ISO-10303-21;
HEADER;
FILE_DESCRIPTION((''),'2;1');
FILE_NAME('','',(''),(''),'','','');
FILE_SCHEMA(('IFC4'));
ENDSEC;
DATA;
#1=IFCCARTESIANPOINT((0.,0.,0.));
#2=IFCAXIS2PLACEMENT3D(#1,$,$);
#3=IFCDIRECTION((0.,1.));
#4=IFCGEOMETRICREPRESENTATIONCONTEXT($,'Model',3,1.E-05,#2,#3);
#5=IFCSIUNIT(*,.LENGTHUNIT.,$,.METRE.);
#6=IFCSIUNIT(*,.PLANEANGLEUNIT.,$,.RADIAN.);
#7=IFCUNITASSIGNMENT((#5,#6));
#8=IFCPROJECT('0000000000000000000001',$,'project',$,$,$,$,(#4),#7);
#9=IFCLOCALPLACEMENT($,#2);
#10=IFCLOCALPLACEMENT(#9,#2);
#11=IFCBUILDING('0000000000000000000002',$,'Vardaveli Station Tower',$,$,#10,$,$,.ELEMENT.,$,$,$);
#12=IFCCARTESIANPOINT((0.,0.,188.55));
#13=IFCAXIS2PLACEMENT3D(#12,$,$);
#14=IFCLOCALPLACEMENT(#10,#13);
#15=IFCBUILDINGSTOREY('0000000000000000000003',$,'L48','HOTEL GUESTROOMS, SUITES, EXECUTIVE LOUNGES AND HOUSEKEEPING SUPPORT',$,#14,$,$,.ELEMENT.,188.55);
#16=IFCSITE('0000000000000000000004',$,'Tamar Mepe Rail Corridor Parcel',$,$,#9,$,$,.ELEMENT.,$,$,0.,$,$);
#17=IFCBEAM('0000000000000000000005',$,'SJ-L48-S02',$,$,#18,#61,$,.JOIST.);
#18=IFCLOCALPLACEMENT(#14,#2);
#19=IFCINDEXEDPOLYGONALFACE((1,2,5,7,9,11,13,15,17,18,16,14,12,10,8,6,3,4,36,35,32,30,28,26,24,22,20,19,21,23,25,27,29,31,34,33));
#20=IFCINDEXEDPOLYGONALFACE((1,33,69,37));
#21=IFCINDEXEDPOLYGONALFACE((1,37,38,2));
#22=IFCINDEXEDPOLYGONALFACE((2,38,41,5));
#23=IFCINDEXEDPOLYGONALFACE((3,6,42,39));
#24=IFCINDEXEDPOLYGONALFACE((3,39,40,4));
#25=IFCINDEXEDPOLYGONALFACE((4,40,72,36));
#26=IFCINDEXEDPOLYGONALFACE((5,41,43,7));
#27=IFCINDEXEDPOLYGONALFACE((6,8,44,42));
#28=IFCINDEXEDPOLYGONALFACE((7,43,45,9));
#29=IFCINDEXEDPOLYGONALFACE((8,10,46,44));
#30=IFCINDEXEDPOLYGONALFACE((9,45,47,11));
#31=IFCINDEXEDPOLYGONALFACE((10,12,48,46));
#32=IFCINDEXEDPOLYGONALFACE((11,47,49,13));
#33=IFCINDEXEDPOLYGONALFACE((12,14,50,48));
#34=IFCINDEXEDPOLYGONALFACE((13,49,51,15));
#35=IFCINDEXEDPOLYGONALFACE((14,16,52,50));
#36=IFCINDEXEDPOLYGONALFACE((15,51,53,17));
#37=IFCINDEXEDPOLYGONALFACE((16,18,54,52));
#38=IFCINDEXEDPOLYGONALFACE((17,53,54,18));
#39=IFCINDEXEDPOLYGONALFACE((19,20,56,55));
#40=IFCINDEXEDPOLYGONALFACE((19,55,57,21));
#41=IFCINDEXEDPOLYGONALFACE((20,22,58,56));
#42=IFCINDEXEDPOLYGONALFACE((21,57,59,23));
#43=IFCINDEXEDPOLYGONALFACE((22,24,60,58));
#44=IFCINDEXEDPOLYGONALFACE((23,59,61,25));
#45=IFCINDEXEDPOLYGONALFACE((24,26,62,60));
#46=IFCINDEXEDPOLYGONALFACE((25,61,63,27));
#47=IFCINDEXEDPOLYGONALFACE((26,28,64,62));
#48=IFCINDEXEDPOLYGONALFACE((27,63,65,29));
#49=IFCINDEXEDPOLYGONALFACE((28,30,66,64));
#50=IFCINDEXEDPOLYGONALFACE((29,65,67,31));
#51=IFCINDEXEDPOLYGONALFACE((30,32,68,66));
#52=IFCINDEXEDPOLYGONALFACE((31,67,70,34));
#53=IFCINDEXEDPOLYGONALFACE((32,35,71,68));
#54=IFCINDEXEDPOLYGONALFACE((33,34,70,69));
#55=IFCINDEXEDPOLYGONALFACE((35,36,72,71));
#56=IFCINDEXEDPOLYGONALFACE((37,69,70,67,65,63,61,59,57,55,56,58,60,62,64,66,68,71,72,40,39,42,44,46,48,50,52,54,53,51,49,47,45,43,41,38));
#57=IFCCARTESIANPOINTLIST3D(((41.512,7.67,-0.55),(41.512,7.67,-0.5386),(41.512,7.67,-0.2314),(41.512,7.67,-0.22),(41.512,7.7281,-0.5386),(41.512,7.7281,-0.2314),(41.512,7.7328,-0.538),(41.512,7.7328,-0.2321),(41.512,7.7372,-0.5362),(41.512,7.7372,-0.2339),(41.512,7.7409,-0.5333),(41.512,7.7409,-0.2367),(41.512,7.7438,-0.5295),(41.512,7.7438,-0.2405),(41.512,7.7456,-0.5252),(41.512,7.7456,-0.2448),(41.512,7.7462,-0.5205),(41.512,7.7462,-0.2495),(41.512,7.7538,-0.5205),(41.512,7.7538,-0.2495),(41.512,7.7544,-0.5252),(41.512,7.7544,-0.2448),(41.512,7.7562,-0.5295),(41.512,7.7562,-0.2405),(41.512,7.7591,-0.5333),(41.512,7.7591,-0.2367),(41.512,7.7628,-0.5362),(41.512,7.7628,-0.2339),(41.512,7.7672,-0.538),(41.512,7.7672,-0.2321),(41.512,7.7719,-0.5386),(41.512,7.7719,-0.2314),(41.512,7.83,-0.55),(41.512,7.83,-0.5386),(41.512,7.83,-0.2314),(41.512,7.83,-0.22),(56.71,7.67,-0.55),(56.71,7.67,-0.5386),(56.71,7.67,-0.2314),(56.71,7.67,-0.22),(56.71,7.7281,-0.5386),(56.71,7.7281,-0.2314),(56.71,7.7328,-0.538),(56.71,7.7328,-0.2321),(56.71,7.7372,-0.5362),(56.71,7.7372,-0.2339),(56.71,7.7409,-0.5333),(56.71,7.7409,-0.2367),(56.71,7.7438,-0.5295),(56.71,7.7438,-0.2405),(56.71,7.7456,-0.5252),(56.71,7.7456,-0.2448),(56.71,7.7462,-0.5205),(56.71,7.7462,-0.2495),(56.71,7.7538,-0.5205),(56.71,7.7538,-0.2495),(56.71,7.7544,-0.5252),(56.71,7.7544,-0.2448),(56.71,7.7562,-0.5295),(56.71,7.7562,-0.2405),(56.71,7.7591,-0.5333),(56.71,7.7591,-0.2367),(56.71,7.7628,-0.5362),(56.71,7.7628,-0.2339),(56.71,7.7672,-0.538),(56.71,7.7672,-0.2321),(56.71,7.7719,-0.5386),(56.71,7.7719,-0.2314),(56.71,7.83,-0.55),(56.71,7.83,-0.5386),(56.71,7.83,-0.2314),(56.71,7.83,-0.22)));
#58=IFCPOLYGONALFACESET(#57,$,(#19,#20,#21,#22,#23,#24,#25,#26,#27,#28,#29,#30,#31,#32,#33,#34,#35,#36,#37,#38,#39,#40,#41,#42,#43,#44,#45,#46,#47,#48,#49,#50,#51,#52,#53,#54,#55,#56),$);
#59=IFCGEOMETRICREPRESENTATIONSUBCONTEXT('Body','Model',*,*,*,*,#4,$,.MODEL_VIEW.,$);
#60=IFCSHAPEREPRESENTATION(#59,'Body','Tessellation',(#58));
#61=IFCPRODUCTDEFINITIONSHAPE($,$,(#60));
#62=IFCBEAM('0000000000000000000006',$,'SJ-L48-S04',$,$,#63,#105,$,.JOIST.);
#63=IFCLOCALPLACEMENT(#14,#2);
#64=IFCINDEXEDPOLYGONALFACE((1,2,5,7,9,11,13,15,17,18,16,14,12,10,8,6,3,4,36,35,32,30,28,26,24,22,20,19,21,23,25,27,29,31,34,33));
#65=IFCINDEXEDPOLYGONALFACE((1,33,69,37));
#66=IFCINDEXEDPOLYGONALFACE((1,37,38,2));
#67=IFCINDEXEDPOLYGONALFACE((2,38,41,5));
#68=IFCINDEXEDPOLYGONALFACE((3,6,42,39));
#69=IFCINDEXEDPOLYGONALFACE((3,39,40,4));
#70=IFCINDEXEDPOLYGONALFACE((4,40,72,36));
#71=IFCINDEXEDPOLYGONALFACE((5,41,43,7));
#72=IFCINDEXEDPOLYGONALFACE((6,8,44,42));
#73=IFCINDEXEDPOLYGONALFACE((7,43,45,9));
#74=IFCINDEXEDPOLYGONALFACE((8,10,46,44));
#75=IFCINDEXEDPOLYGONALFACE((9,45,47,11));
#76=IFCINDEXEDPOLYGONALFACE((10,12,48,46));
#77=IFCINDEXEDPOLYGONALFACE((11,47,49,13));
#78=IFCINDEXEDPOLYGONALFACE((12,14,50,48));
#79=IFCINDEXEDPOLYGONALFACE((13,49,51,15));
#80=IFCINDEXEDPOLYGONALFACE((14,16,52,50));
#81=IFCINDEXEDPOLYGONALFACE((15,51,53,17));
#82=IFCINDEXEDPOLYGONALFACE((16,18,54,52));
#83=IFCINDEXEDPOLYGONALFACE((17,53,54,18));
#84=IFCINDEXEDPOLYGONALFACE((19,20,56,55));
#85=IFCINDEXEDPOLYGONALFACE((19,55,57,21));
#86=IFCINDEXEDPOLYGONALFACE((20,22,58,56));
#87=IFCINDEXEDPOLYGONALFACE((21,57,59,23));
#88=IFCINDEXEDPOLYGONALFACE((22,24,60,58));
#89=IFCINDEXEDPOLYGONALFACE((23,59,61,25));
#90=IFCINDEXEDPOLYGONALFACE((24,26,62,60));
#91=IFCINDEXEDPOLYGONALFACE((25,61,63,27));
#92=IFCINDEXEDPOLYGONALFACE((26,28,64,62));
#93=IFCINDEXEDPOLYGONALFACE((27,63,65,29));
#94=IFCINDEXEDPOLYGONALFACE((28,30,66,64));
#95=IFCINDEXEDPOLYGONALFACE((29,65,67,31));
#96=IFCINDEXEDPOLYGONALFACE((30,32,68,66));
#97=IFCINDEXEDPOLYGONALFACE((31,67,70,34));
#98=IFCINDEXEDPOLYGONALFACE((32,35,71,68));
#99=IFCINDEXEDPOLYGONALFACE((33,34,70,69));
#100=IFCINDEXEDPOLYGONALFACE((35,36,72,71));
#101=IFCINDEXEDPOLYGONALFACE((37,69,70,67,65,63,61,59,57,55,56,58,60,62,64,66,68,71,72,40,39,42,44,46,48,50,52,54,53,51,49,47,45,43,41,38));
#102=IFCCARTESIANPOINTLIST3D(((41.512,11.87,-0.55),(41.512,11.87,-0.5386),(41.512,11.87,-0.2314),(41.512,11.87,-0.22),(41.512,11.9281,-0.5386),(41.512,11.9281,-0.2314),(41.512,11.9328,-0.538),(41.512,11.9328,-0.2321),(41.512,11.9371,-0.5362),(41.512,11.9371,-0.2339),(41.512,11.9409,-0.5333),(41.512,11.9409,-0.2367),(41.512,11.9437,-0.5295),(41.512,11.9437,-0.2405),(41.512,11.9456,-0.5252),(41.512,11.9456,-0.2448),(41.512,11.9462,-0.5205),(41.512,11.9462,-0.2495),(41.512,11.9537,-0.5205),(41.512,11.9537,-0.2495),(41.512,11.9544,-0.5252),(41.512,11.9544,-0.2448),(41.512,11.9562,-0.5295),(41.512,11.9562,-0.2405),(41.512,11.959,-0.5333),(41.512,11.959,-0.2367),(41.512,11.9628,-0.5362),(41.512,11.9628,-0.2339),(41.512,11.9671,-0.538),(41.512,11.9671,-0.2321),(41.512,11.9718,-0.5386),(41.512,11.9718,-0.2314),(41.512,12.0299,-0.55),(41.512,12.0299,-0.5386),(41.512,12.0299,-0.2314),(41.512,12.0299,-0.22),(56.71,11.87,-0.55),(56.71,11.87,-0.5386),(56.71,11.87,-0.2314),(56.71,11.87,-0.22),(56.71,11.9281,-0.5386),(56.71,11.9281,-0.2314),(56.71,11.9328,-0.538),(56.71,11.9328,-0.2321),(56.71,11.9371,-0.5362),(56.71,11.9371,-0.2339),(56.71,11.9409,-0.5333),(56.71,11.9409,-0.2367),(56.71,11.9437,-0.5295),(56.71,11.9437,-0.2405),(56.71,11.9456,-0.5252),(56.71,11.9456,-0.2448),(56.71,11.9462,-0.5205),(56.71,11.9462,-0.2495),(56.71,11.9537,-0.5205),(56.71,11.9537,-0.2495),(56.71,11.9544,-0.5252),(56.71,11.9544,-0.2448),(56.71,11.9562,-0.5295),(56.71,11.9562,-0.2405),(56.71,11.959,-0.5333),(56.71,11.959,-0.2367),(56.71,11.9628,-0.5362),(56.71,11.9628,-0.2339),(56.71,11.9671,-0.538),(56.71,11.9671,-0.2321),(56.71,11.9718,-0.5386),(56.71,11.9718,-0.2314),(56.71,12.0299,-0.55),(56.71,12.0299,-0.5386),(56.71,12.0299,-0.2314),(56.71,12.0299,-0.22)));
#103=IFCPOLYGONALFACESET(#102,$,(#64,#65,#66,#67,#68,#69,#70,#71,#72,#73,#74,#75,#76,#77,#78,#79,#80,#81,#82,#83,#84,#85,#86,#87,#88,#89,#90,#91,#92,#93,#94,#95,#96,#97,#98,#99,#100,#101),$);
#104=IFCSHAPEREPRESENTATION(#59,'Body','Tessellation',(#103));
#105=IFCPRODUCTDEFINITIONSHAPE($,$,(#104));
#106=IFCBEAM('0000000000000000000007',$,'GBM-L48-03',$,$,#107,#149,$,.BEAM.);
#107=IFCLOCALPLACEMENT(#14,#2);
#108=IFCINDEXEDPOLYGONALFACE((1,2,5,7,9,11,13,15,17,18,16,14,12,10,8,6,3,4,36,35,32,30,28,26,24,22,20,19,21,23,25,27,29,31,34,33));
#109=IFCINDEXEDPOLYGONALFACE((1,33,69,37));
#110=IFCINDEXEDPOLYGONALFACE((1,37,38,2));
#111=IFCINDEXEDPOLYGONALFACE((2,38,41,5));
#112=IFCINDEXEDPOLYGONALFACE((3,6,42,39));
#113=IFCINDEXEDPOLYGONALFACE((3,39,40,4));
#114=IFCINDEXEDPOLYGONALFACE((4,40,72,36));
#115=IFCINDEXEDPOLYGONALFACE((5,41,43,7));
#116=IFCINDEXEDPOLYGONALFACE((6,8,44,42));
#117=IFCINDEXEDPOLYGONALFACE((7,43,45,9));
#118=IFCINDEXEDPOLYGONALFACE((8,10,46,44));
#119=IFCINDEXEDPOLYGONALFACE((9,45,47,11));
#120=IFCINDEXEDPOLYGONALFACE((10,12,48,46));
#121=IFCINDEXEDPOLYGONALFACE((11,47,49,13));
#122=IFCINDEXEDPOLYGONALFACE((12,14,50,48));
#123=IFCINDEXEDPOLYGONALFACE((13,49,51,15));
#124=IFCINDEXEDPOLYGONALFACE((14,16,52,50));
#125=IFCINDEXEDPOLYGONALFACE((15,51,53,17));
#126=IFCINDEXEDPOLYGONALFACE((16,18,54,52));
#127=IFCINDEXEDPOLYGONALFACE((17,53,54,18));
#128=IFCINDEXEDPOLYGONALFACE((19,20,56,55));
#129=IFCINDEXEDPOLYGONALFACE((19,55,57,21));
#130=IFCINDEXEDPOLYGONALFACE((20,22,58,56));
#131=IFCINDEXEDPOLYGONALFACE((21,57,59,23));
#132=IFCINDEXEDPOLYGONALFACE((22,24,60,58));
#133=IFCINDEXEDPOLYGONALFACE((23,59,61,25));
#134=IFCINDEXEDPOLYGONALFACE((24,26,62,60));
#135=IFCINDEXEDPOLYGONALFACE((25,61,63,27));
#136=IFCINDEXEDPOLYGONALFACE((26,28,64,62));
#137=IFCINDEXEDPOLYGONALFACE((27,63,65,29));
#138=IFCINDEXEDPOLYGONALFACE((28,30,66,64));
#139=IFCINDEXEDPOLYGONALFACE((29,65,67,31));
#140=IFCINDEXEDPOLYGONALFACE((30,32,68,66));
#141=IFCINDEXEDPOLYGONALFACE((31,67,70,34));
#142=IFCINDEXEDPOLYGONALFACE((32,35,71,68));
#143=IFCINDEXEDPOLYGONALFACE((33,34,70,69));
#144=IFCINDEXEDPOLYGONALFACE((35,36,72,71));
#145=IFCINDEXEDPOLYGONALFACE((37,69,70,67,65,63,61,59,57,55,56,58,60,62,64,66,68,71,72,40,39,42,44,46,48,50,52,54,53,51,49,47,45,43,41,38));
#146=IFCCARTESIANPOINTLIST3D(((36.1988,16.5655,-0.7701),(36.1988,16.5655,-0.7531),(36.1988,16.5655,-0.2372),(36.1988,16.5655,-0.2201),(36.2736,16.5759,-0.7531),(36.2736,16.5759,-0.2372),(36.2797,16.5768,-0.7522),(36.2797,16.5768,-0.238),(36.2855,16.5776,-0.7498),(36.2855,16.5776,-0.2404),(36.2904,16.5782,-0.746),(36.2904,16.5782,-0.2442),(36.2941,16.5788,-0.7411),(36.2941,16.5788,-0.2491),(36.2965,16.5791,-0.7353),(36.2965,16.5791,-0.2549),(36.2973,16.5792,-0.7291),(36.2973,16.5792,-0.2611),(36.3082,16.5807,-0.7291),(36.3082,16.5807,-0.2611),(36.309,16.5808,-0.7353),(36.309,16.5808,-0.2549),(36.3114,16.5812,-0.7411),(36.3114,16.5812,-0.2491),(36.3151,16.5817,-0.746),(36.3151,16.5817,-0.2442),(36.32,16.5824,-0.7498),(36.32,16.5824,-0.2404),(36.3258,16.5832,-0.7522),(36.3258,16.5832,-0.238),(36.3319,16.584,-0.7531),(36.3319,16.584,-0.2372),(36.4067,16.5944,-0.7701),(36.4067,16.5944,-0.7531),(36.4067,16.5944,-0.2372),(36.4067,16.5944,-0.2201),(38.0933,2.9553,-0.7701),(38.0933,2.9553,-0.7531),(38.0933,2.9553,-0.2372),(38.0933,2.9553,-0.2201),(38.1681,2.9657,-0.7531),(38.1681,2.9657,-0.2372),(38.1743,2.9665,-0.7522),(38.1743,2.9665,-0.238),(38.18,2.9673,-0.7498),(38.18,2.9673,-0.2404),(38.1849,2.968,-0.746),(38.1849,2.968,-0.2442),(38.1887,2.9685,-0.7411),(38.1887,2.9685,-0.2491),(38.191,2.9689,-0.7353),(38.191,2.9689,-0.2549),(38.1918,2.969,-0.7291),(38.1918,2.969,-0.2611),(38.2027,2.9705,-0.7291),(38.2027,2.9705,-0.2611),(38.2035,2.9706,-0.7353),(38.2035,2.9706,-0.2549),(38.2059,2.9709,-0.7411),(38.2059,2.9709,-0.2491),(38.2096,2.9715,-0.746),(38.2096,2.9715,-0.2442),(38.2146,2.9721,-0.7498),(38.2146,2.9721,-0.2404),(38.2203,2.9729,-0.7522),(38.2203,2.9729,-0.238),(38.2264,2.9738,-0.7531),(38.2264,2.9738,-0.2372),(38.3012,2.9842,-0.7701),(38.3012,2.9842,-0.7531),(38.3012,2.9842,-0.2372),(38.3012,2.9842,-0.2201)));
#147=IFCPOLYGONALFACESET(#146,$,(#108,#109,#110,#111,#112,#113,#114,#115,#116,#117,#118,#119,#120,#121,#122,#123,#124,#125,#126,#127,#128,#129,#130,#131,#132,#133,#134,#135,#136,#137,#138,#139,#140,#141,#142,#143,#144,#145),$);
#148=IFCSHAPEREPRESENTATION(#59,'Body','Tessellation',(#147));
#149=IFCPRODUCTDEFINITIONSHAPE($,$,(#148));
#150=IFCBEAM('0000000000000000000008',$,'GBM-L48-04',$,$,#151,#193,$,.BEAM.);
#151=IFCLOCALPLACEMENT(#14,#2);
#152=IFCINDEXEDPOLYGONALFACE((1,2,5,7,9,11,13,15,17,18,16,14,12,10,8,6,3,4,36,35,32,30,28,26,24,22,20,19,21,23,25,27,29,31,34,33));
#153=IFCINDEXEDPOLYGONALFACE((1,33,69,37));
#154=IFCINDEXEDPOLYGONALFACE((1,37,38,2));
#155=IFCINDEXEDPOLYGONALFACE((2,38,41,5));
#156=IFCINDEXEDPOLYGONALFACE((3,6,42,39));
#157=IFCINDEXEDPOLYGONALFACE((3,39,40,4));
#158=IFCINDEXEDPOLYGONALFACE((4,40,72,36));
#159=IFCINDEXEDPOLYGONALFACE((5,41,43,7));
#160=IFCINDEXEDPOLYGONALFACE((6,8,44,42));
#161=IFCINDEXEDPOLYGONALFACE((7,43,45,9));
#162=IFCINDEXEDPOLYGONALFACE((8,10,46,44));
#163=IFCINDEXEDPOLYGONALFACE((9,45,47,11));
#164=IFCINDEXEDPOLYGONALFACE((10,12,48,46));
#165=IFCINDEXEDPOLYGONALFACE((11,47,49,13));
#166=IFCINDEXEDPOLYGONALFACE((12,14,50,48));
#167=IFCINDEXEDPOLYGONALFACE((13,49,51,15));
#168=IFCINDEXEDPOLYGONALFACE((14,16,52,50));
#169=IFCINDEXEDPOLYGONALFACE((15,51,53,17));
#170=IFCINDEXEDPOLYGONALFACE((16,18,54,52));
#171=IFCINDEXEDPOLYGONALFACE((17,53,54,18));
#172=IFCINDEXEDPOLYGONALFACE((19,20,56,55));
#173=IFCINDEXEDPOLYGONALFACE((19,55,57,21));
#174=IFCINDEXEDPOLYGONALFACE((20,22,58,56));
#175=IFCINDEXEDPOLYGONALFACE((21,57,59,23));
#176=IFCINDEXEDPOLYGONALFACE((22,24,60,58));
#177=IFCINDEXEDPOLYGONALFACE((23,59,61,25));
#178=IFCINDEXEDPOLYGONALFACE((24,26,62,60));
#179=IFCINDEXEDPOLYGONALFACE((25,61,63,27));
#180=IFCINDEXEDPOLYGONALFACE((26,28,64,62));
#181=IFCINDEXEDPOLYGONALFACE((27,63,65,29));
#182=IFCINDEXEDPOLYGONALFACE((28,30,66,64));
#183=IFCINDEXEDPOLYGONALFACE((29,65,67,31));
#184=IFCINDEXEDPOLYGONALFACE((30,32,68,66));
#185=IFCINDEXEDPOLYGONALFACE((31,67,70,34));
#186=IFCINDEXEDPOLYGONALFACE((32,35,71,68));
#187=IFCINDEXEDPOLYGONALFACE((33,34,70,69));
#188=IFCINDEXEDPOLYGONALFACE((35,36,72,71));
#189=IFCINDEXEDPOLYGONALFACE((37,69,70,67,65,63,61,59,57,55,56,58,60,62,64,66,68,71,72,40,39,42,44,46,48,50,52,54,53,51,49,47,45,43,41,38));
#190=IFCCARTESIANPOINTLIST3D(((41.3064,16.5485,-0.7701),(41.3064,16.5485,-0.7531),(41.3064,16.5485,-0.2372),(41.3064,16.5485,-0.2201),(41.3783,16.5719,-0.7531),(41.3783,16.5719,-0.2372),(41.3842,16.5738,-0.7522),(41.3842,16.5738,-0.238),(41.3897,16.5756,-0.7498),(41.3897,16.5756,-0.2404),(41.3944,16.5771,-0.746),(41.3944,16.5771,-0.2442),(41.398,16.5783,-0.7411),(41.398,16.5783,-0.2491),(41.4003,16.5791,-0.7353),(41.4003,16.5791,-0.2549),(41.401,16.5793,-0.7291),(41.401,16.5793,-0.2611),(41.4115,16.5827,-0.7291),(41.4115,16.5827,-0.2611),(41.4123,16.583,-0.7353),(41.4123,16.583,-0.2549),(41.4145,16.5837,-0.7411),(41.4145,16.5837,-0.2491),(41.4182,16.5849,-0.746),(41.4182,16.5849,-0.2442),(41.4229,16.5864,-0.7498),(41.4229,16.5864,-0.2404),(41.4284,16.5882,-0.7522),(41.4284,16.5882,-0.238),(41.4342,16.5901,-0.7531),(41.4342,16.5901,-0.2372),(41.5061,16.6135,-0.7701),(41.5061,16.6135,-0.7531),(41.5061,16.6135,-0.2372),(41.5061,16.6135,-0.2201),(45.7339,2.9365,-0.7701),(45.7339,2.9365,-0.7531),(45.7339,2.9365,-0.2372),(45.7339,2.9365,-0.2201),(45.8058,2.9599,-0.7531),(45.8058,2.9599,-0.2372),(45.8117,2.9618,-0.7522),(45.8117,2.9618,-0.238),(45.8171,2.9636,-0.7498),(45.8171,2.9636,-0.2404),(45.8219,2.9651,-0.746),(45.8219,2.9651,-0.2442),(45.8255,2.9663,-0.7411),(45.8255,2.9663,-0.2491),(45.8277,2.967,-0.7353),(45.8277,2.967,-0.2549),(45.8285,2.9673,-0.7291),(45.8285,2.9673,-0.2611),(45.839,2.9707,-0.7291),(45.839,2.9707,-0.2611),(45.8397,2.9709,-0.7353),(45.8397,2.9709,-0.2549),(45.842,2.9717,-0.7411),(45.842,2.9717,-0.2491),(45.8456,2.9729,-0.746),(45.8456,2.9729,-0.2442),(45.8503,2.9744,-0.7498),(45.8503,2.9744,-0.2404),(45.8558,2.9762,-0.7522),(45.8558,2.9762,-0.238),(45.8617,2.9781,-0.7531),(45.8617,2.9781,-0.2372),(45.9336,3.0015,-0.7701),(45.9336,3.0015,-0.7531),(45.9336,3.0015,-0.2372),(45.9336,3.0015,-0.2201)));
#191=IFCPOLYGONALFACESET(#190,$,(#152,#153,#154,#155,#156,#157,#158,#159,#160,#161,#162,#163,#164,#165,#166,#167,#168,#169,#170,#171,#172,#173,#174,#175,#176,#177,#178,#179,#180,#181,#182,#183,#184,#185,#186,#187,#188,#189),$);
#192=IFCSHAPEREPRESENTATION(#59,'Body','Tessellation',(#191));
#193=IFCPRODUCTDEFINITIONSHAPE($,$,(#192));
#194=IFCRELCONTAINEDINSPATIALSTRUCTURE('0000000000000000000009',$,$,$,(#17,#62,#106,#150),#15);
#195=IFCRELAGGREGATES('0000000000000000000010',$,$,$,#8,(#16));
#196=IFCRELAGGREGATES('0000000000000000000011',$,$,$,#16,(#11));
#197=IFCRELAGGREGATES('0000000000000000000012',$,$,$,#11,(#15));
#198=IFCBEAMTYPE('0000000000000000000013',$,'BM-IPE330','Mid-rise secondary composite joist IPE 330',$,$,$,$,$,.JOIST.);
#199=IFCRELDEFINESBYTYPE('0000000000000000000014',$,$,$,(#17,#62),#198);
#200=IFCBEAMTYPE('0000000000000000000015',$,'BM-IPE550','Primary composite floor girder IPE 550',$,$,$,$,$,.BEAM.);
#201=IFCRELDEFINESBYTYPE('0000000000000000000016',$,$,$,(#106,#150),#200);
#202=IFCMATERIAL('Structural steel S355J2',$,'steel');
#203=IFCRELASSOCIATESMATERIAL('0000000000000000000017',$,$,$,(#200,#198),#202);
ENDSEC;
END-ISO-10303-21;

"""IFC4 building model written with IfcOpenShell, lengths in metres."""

from ifc_helpers import new_model, si_unit, direction, frame, origin, origin_2d, place, context, subcontext, project, spatial, i_section, extrude, source, transform, mapped, material, material_profile, profile_set, type_object, element, save


model = new_model("IFC4")

# Units and contexts
model_context = context("Model", 3, precision=1e-05, world=origin(), true_north=direction((0.0, 1.0)))
body_context = subcontext(model_context, "Body", "Model", "MODEL_VIEW")
ifc_project = project(units=[si_unit("LENGTHUNIT", "METRE"), si_unit("PLANEANGLEUNIT", "RADIAN")], contexts=[model_context])

# Site, building, storey
site_placement = place(None, origin())
site = spatial("IfcSite", under=ifc_project, at=site_placement, Name="Tamar Mepe Rail Corridor Parcel", CompositionType="ELEMENT", RefElevation=0.0)
building_placement = place(site_placement, origin())
building = spatial("IfcBuilding", under=site, at=building_placement, Name="Vardaveli Station Tower", CompositionType="ELEMENT")
storey_placement = place(building_placement, frame((0.0, 0.0, 188.55)))
storey = spatial("IfcBuildingStorey", under=building, at=storey_placement, Name="L48", Description="HOTEL GUESTROOMS, SUITES, EXECUTIVE LOUNGES AND HOUSEKEEPING SUPPORT", CompositionType="ELEMENT", Elevation=188.55)

# Beams
ifc_material_1 = material(Name="Structural steel S355J2", Category="steel")
ifc_material_profile_1 = material_profile(ifc_material_1, i_section(OverallWidth=0.21, OverallDepth=0.55, WebThickness=0.011, FlangeThickness=0.0171, FilletRadius=0.0239, at=origin_2d()), Name="IPE 550")
ifc_profile_set_1 = profile_set([ifc_material_profile_1], Name="Structural steel S355J2")
beam_type_1 = type_object("IfcBeamType", Name="BM-IPE550", Description="Primary composite floor girder IPE 550", PredefinedType="BEAM", material=ifc_profile_set_1)
ifc_material_profile_2 = material_profile(ifc_material_1, i_section(OverallWidth=0.1599, OverallDepth=0.3301, WebThickness=0.0076, FlangeThickness=0.0115, FilletRadius=0.0181, at=origin_2d()), Name="IPE 330")
ifc_profile_set_2 = profile_set([ifc_material_profile_2], Name="Structural steel S355J2")
beam_type_2 = type_object("IfcBeamType", Name="BM-IPE330", Description="Mid-rise secondary composite joist IPE 330", PredefinedType="JOIST", material=ifc_profile_set_2)
shared_shape_1 = source(origin(), body_context, "Body", "SweptSolid", [
    extrude(i_section(OverallWidth=0.1599, OverallDepth=0.3301, WebThickness=0.0076, FlangeThickness=0.0115, FilletRadius=0.0181, at=origin_2d()), origin(), (0.0, 0.0, 1.0), 15.198),
])
for number, where, z_axis, x_axis, name in (
    (1, (41.512, 7.75, -0.385), (1.0, 0.0, 0.0), (0.0, 1.0, 0.0), "SJ-L48-S02"),
    (2, (41.512, 11.95, -0.385), (1.0, 0.0, 0.0), (0.0, 1.0, 0.0), "SJ-L48-S04"),
):
    element("IfcBeam", number, at=place(storey_placement, frame(where, z_axis=z_axis, x_axis=x_axis)), inside=storey, type_object=beam_type_2, Name=name, PredefinedType="JOIST", context=body_context, shape_type="MappedRepresentation", body=[
        mapped(shared_shape_1, transform((0.0, 0.0, 0.0), scale=1.0)),
    ])
shared_shape_2 = source(origin(), body_context, "Body", "SweptSolid", [
    extrude(i_section(OverallWidth=0.21, OverallDepth=0.55, WebThickness=0.011, FlangeThickness=0.0171, FilletRadius=0.0239, at=origin_2d()), origin(), (0.0, 0.0, 1.0), 13.7415),
])
beam_1_placement = place(storey_placement, frame((38.1973, 2.9697, -0.4951), z_axis=(-0.137869, 0.990451, 0.0), x_axis=(-0.990451, -0.137869, 0.0)))
element("IfcBeam", 3, at=beam_1_placement, inside=storey, type_object=beam_type_1, Name="GBM-L48-03", PredefinedType="BEAM", context=body_context, shape_type="MappedRepresentation", body=[
    mapped(shared_shape_2, transform((0.0, 0.0, 0.0), scale=1.0)),
])
shared_shape_3 = source(origin(), body_context, "Body", "SweptSolid", [
    extrude(i_section(OverallWidth=0.21, OverallDepth=0.55, WebThickness=0.011, FlangeThickness=0.0171, FilletRadius=0.0239, at=origin_2d()), origin(), (0.0, 0.0, 1.0), 14.314),
])
beam_2_placement = place(storey_placement, frame((45.8337, 2.969, -0.4951), z_axis=(-0.309312, 0.950961, 0.0), x_axis=(-0.950961, -0.309312, 0.0)))
element("IfcBeam", 4, at=beam_2_placement, inside=storey, type_object=beam_type_1, Name="GBM-L48-04", PredefinedType="BEAM", context=body_context, shape_type="MappedRepresentation", body=[
    mapped(shared_shape_3, transform((0.0, 0.0, 0.0), scale=1.0)),
])

save(model, "model.ifc")
